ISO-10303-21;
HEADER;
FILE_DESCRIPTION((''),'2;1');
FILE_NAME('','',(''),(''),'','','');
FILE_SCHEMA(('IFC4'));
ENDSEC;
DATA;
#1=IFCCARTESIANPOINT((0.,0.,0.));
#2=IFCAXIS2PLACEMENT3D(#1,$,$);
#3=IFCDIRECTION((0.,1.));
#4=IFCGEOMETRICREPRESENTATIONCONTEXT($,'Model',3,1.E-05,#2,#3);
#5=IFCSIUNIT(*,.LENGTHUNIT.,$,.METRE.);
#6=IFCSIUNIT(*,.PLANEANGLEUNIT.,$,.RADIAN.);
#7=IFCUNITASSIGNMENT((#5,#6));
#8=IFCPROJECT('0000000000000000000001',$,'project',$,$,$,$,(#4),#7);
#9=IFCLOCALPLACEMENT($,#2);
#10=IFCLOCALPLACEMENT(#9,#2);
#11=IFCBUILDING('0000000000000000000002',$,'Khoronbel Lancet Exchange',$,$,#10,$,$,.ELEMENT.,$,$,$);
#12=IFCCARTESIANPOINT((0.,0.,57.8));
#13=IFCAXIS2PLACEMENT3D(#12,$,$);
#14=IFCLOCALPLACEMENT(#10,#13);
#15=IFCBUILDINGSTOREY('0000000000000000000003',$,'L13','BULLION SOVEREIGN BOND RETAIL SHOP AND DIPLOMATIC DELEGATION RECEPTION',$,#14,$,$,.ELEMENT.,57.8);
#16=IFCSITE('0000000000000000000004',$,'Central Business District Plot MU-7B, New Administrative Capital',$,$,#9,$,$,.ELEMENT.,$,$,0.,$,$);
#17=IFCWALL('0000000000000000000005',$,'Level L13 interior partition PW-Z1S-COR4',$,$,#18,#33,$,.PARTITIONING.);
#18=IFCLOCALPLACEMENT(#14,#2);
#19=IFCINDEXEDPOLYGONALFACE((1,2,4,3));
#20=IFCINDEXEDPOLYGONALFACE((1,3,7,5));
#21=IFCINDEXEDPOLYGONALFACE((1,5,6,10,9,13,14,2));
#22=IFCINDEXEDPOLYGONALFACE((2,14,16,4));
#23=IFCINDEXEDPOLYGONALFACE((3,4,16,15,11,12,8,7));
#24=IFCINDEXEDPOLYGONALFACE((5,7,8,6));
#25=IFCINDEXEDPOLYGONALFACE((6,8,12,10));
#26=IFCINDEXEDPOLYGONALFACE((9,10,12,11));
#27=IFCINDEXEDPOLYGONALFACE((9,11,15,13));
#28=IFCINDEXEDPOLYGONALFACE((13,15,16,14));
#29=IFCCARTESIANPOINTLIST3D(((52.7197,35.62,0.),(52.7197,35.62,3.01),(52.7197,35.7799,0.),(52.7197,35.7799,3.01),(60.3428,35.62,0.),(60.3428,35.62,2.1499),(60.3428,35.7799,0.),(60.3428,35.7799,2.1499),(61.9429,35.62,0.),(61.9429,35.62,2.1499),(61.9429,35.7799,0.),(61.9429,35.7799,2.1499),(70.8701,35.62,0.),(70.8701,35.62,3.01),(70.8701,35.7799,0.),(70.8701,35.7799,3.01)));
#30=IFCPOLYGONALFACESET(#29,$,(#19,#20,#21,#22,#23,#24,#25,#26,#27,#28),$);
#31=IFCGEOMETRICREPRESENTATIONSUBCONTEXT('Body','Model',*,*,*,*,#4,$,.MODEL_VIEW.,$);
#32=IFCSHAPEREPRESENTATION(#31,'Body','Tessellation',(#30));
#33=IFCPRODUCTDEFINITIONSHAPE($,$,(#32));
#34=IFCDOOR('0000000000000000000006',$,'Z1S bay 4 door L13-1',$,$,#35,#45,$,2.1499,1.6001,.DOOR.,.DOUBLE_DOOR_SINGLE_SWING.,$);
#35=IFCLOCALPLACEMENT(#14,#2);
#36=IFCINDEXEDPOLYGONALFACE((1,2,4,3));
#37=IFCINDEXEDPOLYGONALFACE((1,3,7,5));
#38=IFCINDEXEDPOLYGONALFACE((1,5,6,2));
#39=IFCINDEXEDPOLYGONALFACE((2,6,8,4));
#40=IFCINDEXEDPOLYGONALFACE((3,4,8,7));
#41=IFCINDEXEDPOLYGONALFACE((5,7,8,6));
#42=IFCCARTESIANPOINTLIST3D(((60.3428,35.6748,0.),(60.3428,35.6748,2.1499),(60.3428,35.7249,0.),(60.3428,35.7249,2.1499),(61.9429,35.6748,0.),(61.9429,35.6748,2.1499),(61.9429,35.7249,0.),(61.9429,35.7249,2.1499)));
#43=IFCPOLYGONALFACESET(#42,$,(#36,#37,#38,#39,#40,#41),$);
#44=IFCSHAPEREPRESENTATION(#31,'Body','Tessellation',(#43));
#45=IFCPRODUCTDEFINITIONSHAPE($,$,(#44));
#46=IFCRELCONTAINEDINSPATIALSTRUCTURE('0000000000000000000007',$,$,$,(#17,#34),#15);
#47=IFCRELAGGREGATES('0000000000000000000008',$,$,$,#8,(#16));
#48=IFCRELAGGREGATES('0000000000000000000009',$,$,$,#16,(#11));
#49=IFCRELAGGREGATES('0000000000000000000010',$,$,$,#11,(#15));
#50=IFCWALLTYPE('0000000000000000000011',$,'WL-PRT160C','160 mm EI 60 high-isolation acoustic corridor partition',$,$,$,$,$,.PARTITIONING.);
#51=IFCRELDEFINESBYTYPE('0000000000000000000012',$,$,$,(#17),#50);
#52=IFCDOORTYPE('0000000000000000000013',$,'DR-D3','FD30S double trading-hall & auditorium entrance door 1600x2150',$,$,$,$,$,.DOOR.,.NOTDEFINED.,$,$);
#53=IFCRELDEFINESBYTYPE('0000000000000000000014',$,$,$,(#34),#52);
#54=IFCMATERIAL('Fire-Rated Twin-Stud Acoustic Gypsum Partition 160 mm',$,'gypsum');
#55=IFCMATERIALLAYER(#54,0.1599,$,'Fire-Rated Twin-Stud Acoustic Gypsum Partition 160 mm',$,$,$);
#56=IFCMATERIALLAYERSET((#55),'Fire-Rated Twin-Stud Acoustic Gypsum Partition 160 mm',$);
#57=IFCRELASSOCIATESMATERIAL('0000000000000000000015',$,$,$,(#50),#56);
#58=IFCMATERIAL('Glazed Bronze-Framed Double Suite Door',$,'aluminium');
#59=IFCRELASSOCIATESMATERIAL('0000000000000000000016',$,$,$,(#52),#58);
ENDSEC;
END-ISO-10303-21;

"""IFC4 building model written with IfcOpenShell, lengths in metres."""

from ifc_helpers import new_model, si_unit, direction, frame, frame_2d, origin, place, context, subcontext, project, spatial, rectangle, extrude, material, layer, layer_set, type_object, element, fill, save


model = new_model("IFC4")

# Units and contexts
model_context = context("Model", 3, precision=1e-05, world=origin(), true_north=direction((0.0, 1.0)))
body_context = subcontext(model_context, "Body", "Model", "MODEL_VIEW")
ifc_project = project(units=[si_unit("LENGTHUNIT", "METRE"), si_unit("PLANEANGLEUNIT", "RADIAN")], contexts=[model_context])

# Site, building, storey
site_placement = place(None, origin())
site = spatial("IfcSite", under=ifc_project, at=site_placement, Name="Central Business District Plot MU-7B, New Administrative Capital", CompositionType="ELEMENT", RefElevation=0.0)
building_placement = place(site_placement, origin())
building = spatial("IfcBuilding", under=site, at=building_placement, Name="Khoronbel Lancet Exchange", CompositionType="ELEMENT")
storey_placement = place(building_placement, frame((0.0, 0.0, 57.8)))
storey = spatial("IfcBuildingStorey", under=building, at=storey_placement, Name="L13", Description="BULLION SOVEREIGN BOND RETAIL SHOP AND DIPLOMATIC DELEGATION RECEPTION", CompositionType="ELEMENT", Elevation=57.8)

# Wall, opening, door
ifc_material_1 = material(Name="Fire-Rated Twin-Stud Acoustic Gypsum Partition 160 mm", Category="gypsum")
ifc_layer_1 = layer(ifc_material_1, 0.1599, Name="Fire-Rated Twin-Stud Acoustic Gypsum Partition 160 mm")
ifc_layer_set_1 = layer_set([ifc_layer_1], Name="Fire-Rated Twin-Stud Acoustic Gypsum Partition 160 mm")
wall_type_1 = type_object("IfcWallType", Name="WL-PRT160C", Description="160 mm EI 60 high-isolation acoustic corridor partition", PredefinedType="PARTITIONING", material=ifc_layer_set_1)
ifc_material_2 = material(Name="Glazed Bronze-Framed Double Suite Door", Category="aluminium")
door_type_1 = type_object("IfcDoorType", Name="DR-D3", Description="FD30S double trading-hall & auditorium entrance door 1600x2150", OperationType="NOTDEFINED", PredefinedType="DOOR", material=ifc_material_2)
wall_1_placement = place(storey_placement, frame((52.7197, 35.7, 0.0), z_axis=(0.0, 0.0, 1.0), x_axis=(1.0, 0.0, 0.0)))
wall_1 = element("IfcWall", 1, at=wall_1_placement, inside=storey, type_object=wall_type_1, Name="Level L13 interior partition PW-Z1S-COR4", PredefinedType="PARTITIONING", context=body_context, shape_type="SweptSolid", body=[
    extrude(rectangle(XDim=18.1504, YDim=0.1599, at=frame_2d((9.0752, 0.0))), origin(), (0.0, 0.0, 1.0), 3.01),
])
opening_1_placement = place(wall_1_placement, frame((7.623, 0.0, 0.0)))
opening_1 = element("IfcOpeningElement", 2, at=opening_1_placement, cuts=wall_1, PredefinedType="OPENING", context=body_context, shape_type="SweptSolid", body=[
    extrude(rectangle(XDim=1.6001, YDim=2.1499, at=frame_2d((0.8, 1.075))), frame((0.0, 0.0898, 0.0), z_axis=(0.0, -1.0, 0.0), x_axis=(1.0, 0.0, 0.0)), (0.0, 0.0, 1.0), 0.1799),
])
door_1_placement = place(opening_1_placement, origin())
door_1 = element("IfcDoor", 3, at=door_1_placement, inside=storey, type_object=door_type_1, Name="Z1S bay 4 door L13-1", OperationType="DOUBLE_DOOR_SINGLE_SWING", OverallHeight=2.1499, OverallWidth=1.6001, PredefinedType="DOOR", context=body_context, shape_type="SweptSolid", body=[
    extrude(rectangle(XDim=1.6001, YDim=2.1499, at=frame_2d((0.8, 1.075))), frame((0.0, 0.0249, 0.0), z_axis=(0.0, -1.0, 0.0), x_axis=(1.0, 0.0, 0.0)), (0.0, 0.0, 1.0), 0.05),
])
fill(opening_1, door_1)

save(model, "model.ifc")
